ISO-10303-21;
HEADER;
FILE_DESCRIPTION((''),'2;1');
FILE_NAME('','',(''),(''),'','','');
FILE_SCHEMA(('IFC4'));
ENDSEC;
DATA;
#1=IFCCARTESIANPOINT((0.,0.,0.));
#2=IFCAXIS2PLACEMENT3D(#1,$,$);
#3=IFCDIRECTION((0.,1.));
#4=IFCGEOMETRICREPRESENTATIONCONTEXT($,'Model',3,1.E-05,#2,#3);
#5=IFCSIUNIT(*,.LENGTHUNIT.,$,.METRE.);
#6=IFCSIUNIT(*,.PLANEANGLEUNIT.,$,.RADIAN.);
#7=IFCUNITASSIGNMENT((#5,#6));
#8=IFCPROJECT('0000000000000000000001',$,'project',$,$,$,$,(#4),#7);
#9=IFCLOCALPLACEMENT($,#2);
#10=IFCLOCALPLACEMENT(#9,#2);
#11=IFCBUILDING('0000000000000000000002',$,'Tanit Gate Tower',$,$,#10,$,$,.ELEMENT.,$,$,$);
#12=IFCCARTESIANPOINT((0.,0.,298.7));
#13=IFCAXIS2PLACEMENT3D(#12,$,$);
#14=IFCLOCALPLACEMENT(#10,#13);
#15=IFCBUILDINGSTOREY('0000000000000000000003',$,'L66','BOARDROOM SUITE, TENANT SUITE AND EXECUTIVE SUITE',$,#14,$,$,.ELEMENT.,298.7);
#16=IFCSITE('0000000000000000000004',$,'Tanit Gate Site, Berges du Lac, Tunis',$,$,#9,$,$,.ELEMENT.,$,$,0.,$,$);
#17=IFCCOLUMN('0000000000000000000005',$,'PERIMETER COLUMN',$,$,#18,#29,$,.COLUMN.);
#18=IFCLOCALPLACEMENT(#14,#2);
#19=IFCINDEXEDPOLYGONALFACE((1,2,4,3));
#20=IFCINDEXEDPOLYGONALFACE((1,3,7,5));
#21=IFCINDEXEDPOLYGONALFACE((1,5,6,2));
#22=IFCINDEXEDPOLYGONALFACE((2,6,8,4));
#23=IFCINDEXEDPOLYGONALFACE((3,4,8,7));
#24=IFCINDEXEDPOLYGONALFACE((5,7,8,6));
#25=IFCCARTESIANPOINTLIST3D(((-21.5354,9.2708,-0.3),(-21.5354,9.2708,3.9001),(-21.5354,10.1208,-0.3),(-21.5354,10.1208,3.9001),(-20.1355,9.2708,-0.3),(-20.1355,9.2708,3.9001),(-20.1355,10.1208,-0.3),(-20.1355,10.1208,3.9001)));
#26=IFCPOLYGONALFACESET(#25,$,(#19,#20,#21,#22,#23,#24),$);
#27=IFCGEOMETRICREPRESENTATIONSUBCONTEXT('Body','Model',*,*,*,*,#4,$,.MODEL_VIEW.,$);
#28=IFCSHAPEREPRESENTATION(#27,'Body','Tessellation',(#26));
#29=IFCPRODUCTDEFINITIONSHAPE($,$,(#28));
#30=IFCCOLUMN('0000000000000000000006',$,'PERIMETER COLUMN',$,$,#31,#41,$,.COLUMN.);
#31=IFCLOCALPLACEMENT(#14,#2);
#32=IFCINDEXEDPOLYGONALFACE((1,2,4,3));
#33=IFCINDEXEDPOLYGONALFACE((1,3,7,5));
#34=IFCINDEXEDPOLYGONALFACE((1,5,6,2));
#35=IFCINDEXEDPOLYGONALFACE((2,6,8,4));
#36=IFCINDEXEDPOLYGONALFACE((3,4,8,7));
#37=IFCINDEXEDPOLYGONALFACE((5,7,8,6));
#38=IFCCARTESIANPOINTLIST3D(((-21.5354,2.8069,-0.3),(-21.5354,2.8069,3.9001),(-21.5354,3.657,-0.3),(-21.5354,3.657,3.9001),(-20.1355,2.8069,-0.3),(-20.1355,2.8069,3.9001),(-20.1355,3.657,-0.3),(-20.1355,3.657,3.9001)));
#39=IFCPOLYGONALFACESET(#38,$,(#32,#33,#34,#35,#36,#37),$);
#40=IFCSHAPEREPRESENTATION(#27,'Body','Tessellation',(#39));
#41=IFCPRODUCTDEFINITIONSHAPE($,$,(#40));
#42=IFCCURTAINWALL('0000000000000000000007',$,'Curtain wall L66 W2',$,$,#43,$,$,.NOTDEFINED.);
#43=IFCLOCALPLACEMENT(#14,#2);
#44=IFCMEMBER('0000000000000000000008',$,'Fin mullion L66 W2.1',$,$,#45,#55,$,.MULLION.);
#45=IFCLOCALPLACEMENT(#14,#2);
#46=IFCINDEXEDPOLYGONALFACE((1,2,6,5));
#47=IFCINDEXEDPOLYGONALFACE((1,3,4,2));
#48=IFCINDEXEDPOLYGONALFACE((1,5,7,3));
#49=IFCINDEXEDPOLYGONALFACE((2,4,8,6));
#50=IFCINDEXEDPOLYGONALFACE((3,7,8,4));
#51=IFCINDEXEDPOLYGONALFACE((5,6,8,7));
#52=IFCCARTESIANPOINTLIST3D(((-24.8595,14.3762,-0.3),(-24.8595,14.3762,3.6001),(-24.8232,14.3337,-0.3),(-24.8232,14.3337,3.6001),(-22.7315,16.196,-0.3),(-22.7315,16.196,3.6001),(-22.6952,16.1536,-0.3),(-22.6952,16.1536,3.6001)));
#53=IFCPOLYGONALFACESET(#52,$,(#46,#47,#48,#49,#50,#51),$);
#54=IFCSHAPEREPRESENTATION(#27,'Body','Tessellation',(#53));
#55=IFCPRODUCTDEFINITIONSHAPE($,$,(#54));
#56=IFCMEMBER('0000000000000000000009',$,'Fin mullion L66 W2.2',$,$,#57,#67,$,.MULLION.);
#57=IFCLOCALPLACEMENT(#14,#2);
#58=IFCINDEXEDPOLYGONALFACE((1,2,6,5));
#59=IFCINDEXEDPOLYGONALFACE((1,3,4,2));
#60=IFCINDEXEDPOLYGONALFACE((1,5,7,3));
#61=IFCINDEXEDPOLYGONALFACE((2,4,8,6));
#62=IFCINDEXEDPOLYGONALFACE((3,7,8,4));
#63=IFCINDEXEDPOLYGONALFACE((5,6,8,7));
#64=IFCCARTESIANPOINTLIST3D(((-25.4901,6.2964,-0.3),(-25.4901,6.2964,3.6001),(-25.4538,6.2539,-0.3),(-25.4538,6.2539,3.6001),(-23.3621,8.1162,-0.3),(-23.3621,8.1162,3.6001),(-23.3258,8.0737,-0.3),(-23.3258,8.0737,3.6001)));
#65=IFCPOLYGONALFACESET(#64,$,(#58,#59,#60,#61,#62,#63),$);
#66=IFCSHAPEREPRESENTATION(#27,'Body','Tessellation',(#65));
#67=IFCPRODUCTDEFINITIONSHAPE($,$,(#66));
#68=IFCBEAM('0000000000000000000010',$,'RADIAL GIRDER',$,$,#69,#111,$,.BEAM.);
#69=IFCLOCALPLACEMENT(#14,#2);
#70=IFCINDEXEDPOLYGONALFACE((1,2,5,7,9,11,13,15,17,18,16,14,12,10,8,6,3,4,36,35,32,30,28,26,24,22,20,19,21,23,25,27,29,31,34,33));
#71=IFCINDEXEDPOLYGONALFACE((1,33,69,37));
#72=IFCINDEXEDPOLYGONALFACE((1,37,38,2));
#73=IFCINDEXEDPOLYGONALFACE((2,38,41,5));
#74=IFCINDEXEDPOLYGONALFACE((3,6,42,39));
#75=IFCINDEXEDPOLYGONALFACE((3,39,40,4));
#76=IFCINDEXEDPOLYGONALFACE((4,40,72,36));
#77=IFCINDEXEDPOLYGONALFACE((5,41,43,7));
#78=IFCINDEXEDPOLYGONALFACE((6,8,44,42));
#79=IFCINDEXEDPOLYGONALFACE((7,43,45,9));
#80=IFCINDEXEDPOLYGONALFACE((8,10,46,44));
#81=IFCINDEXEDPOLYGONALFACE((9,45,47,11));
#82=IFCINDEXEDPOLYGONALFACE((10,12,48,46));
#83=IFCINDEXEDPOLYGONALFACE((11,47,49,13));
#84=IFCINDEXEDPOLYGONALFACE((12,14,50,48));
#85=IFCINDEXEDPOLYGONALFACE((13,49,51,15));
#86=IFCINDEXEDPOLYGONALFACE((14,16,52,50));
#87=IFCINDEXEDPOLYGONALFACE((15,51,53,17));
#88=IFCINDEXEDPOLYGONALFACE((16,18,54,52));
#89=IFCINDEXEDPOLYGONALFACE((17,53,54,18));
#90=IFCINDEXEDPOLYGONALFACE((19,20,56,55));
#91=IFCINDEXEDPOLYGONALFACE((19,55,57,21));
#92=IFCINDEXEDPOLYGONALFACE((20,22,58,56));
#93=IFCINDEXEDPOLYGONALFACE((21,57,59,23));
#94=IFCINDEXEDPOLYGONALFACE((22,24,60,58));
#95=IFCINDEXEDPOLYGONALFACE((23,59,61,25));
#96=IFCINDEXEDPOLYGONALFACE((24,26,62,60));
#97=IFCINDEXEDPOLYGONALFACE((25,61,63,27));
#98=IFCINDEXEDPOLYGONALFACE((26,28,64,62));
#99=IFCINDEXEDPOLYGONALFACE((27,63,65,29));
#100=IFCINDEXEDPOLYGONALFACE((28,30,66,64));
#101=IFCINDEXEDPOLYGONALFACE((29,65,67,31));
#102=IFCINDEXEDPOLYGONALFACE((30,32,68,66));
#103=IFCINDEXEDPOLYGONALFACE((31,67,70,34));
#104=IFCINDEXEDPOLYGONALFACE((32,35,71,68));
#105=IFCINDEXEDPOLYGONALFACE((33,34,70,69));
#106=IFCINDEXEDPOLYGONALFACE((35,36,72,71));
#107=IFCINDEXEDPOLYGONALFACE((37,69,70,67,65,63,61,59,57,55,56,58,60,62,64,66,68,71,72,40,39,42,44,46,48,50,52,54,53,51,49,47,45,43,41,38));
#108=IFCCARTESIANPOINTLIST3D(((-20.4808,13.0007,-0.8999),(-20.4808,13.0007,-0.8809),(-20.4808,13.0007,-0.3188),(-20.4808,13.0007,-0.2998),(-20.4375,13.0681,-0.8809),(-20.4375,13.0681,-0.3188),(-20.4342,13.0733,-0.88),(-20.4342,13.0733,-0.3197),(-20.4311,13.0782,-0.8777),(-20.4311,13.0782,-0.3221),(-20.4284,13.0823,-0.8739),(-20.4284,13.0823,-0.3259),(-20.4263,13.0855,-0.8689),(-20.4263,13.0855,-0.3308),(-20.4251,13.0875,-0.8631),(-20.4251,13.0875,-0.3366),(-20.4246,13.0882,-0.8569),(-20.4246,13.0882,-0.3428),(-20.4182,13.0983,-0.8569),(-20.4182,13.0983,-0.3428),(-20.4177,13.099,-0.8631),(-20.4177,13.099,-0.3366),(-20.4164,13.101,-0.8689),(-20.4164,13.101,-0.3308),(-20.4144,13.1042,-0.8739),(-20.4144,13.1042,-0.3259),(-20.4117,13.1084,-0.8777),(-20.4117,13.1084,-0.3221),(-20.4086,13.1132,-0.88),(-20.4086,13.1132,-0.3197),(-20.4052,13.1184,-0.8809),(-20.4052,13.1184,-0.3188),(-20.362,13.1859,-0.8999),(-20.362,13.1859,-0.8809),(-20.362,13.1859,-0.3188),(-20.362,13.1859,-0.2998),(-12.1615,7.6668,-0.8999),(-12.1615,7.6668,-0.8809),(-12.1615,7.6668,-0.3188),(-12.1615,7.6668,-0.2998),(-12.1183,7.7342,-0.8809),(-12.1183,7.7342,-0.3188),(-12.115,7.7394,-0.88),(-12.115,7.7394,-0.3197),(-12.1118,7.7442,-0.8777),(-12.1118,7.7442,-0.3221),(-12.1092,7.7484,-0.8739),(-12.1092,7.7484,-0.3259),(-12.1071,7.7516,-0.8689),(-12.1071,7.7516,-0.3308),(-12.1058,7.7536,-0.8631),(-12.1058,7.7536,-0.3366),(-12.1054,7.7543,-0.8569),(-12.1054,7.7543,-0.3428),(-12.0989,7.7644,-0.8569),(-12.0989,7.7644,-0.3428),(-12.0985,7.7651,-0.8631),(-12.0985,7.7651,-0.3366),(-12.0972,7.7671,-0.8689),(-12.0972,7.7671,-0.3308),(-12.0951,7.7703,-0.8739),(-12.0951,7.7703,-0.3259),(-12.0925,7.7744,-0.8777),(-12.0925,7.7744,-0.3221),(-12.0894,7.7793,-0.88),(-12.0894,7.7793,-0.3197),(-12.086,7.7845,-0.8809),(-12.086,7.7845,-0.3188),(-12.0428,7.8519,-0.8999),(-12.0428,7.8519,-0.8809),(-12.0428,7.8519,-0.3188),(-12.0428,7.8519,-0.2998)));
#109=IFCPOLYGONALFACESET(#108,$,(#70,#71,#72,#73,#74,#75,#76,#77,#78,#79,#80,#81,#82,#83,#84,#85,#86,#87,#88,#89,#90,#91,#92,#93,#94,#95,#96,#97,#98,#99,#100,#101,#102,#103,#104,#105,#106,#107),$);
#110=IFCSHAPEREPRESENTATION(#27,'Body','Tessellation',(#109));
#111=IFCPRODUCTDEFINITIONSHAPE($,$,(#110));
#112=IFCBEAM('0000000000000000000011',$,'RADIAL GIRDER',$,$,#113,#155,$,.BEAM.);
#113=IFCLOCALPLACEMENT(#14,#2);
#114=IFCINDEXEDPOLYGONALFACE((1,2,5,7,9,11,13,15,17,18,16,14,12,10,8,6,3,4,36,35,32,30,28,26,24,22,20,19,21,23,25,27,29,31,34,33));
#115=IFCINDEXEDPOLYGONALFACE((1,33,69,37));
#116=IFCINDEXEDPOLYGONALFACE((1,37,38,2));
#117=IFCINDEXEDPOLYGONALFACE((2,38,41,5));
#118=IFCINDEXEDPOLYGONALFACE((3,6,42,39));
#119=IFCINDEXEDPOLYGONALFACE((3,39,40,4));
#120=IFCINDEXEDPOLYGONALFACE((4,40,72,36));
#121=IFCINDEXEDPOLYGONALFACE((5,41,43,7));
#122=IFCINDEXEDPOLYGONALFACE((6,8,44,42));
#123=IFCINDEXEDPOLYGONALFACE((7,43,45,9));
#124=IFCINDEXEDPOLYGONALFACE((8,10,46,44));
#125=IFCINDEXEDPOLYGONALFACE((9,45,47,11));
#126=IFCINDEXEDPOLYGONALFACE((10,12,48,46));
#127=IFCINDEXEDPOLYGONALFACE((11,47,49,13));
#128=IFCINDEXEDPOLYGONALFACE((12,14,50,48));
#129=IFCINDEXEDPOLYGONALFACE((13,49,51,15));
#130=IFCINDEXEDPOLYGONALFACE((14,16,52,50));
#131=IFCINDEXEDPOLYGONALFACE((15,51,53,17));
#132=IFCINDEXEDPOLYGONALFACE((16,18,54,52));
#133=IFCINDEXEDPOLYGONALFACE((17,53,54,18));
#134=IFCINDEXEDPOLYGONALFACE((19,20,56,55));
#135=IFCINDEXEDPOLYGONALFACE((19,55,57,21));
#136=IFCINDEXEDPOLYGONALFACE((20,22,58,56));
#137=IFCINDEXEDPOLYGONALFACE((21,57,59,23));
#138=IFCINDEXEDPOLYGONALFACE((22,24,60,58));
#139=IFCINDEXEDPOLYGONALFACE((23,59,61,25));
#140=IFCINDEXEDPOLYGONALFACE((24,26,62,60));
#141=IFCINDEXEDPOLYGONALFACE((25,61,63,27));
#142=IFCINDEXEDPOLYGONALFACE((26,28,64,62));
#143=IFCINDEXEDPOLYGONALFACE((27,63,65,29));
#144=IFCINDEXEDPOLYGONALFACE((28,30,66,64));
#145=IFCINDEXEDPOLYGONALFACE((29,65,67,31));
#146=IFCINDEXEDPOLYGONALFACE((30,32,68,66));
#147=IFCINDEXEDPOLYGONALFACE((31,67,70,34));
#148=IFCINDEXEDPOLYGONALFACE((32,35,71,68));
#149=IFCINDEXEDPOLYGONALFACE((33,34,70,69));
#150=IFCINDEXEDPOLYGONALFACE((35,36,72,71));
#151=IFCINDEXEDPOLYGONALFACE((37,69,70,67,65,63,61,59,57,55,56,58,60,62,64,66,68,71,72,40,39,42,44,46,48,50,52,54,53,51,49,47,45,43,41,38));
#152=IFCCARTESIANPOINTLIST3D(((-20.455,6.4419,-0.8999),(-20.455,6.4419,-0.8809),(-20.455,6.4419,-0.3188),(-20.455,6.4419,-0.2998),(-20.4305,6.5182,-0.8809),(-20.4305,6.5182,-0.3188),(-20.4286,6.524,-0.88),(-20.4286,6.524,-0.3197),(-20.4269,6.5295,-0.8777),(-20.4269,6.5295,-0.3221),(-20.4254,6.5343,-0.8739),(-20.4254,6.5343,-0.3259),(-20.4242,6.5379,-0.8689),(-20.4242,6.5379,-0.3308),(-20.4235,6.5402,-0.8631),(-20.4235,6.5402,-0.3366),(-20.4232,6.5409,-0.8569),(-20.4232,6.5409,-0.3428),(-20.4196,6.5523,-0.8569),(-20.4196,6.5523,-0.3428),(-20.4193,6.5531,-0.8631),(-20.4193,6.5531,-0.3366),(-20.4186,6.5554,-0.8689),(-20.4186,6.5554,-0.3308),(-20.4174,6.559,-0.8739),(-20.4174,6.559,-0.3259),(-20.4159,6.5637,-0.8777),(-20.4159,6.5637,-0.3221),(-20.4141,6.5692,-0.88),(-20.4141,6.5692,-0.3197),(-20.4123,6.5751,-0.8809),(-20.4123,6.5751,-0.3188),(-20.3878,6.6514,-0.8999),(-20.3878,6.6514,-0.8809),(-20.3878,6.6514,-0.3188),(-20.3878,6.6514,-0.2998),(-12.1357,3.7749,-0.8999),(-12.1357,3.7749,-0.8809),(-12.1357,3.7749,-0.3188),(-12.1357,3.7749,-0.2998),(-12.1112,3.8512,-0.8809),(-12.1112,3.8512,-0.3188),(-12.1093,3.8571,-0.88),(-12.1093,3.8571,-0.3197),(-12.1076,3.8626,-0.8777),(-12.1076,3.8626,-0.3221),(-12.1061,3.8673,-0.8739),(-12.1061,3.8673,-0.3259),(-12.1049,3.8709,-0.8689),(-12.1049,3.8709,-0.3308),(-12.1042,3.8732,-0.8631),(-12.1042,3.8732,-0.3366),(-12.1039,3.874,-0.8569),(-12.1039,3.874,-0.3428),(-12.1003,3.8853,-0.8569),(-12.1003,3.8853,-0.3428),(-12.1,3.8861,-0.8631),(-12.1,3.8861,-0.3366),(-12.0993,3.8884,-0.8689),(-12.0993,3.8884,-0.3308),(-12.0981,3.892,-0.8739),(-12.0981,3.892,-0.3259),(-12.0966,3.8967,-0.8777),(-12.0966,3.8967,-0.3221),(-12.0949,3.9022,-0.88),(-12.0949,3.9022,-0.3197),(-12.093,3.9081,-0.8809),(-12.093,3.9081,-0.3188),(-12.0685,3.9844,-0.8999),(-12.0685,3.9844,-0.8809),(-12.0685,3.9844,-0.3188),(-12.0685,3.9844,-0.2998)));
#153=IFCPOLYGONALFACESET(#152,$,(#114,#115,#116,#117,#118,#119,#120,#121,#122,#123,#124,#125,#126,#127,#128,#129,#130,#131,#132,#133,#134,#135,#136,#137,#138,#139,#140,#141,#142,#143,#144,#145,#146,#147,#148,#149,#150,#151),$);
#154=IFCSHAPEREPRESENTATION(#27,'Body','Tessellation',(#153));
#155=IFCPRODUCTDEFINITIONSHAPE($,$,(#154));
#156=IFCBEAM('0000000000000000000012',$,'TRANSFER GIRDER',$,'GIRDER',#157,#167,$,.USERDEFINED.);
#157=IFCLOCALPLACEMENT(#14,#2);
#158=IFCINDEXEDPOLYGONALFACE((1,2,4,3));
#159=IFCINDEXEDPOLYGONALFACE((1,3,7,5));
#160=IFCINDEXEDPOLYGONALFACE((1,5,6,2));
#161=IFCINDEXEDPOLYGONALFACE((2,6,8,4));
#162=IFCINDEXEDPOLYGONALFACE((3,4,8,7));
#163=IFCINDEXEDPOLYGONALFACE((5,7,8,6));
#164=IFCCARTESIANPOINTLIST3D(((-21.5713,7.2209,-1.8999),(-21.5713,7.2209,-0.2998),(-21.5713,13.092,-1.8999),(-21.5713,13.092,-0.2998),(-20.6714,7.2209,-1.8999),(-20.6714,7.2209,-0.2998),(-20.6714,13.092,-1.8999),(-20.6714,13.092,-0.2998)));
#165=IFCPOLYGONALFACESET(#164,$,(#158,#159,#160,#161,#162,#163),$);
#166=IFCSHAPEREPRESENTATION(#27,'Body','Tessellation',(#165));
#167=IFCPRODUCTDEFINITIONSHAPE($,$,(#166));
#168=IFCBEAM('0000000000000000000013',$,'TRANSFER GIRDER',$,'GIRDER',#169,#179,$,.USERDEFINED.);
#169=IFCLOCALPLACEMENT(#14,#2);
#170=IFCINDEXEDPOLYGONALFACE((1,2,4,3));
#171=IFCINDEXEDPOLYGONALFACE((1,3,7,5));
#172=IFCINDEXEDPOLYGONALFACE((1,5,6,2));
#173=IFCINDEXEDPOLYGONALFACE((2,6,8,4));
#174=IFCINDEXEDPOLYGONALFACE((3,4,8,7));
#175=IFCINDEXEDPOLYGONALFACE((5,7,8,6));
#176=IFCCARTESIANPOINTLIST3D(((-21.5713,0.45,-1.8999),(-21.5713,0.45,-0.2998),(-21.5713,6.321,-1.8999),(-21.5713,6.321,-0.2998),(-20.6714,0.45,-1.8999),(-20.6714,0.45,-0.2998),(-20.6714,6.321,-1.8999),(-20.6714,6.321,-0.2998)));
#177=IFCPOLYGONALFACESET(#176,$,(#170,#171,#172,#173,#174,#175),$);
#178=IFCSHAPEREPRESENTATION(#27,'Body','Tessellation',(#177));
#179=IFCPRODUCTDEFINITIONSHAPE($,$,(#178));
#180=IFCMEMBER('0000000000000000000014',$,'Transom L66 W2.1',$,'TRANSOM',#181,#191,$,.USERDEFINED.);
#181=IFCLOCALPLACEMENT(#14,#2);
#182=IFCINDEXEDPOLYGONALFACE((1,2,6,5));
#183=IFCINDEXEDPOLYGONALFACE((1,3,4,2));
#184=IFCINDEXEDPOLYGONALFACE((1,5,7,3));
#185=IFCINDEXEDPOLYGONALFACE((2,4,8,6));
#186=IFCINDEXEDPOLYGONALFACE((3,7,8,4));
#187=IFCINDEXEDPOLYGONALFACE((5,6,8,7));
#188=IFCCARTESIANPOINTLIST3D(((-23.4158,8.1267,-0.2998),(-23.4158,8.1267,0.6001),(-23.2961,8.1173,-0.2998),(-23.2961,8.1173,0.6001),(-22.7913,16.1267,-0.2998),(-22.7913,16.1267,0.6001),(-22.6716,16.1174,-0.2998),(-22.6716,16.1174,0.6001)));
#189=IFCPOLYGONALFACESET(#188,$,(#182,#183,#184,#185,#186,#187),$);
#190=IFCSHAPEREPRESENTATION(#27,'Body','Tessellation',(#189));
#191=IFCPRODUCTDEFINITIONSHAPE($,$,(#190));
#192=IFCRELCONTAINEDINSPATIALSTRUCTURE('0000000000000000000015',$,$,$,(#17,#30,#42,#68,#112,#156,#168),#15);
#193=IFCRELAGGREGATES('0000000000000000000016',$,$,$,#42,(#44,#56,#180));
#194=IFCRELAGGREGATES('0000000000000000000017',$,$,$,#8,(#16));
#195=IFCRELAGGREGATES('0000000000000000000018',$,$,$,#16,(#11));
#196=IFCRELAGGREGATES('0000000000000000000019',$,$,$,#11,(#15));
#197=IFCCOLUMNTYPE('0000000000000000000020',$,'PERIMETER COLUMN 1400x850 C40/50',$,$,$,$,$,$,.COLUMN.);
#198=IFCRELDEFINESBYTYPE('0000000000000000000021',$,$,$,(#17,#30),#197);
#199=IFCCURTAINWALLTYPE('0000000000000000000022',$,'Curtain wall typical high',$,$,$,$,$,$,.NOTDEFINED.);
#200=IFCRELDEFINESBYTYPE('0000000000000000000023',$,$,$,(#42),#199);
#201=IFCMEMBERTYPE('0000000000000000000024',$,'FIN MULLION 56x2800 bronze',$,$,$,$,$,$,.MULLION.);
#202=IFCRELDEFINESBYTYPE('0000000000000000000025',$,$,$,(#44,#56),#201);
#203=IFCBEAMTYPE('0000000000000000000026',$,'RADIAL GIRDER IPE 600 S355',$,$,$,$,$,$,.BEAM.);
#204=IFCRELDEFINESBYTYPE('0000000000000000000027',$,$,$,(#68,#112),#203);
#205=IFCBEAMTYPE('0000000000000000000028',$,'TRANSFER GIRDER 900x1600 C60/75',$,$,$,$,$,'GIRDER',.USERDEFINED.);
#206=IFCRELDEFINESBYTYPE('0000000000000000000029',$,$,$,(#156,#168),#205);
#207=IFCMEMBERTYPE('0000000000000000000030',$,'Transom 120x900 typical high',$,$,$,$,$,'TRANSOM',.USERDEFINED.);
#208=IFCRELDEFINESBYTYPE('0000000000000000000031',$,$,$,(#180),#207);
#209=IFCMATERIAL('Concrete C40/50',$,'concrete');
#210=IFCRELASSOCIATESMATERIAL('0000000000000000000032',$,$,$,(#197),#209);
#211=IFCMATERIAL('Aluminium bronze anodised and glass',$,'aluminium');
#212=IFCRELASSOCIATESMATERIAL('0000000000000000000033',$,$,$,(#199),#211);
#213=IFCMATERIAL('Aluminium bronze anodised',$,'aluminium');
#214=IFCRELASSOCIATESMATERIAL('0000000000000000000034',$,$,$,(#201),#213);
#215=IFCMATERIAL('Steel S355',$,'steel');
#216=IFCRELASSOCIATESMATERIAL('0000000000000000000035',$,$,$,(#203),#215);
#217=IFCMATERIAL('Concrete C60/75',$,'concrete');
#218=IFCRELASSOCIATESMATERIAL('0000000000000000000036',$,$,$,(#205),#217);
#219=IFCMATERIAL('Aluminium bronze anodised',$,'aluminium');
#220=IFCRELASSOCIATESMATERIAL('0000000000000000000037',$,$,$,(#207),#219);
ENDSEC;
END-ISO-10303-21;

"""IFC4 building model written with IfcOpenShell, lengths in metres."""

from ifc_helpers import new_model, si_unit, direction, frame, origin, origin_2d, place, context, subcontext, project, spatial, rectangle, i_section, extrude, material, material_profile, profile_set, type_object, element, aggregate, save


model = new_model("IFC4")

# Units and contexts
model_context = context("Model", 3, precision=1e-05, world=origin(), true_north=direction((0.0, 1.0)))
body_context = subcontext(model_context, "Body", "Model", "MODEL_VIEW")
ifc_project = project(units=[si_unit("LENGTHUNIT", "METRE"), si_unit("PLANEANGLEUNIT", "RADIAN")], contexts=[model_context])

# Site, building, storey
site_placement = place(None, origin())
site = spatial("IfcSite", under=ifc_project, at=site_placement, Name="Tanit Gate Site, Berges du Lac, Tunis", CompositionType="ELEMENT", RefElevation=0.0)
building_placement = place(site_placement, origin())
building = spatial("IfcBuilding", under=site, at=building_placement, Name="Tanit Gate Tower", CompositionType="ELEMENT")
storey_placement = place(building_placement, frame((0.0, 0.0, 298.7)))
storey = spatial("IfcBuildingStorey", under=building, at=storey_placement, Name="L66", Description="BOARDROOM SUITE, TENANT SUITE AND EXECUTIVE SUITE", CompositionType="ELEMENT", Elevation=298.7)

# Columns
ifc_material_1 = material(Name="Concrete C40/50", Category="concrete")
ifc_material_profile_1 = material_profile(ifc_material_1, rectangle(XDim=1.3999, YDim=0.8501, at=origin_2d()), Name="RC 1400x850")
ifc_profile_set_1 = profile_set([ifc_material_profile_1], Name="Concrete C40/50")
column_type = type_object("IfcColumnType", Name="PERIMETER COLUMN 1400x850 C40/50", PredefinedType="COLUMN", material=ifc_profile_set_1)
for number, where, z_axis, x_axis, name in (
    (1, (-20.8354, 9.6958, -0.3), (0.0, 0.0, 1.0), (-1.0, 0.0, 0.0), "PERIMETER COLUMN"),
    (2, (-20.8354, 3.2319, -0.3), (0.0, 0.0, 1.0), (-1.0, 0.0, 0.0), "PERIMETER COLUMN"),
):
    element("IfcColumn", number, at=place(storey_placement, frame(where, z_axis=z_axis, x_axis=x_axis)), inside=storey, type_object=column_type, Name=name, PredefinedType="COLUMN", context=body_context, shape_type="SweptSolid", body=[
        extrude(rectangle(XDim=1.3999, YDim=0.8501, at=origin_2d()), origin(), (0.0, 0.0, 1.0), 4.2002),
    ])

# Curtain wall, members
ifc_material_2 = material(Name="Aluminium bronze anodised and glass", Category="aluminium")
curtain_wall_type = type_object("IfcCurtainWallType", Name="Curtain wall typical high", PredefinedType="NOTDEFINED", material=ifc_material_2)
curtain_wall_placement = place(storey_placement, origin())
curtain_wall = element("IfcCurtainWall", 3, at=curtain_wall_placement, inside=storey, type_object=curtain_wall_type, Name="Curtain wall L66 W2", PredefinedType="NOTDEFINED")
ifc_material_3 = material(Name="Aluminium bronze anodised", Category="aluminium")
ifc_material_profile_2 = material_profile(ifc_material_3, rectangle(XDim=2.8, YDim=0.0559, at=origin_2d()), Name="56x2800 bronze fin mullion")
ifc_profile_set_2 = profile_set([ifc_material_profile_2], Name="Aluminium bronze anodised")
member_type_1 = type_object("IfcMemberType", Name="FIN MULLION 56x2800 bronze", PredefinedType="MULLION", material=ifc_profile_set_2)
member_1_placement = place(storey_placement, frame((-23.7773, 15.2649, -0.3), z_axis=(0.0, 0.0, 1.0), x_axis=(0.760002, 0.649921, 0.0)))
member_1 = element("IfcMember", 4, at=member_1_placement, type_object=member_type_1, Name="Fin mullion L66 W2.1", PredefinedType="MULLION", context=body_context, shape_type="SweptSolid", body=[
    extrude(rectangle(XDim=2.8, YDim=0.0559, at=origin_2d()), origin(), (0.0, 0.0, 1.0), 3.9001),
])
member_2_placement = place(storey_placement, frame((-24.408, 7.1851, -0.3), z_axis=(0.0, 0.0, 1.0), x_axis=(0.760002, 0.649921, 0.0)))
member_2 = element("IfcMember", 5, at=member_2_placement, type_object=member_type_1, Name="Fin mullion L66 W2.2", PredefinedType="MULLION", context=body_context, shape_type="SweptSolid", body=[
    extrude(rectangle(XDim=2.8, YDim=0.0559, at=origin_2d()), origin(), (0.0, 0.0, 1.0), 3.9001),
])

# Beams
ifc_material_4 = material(Name="Steel S355", Category="steel")
ifc_material_profile_3 = material_profile(ifc_material_4, i_section(OverallWidth=0.22, OverallDepth=0.6001, WebThickness=0.012, FlangeThickness=0.019, FilletRadius=0.0239, at=origin_2d()), Name="IPE 600")
ifc_profile_set_3 = profile_set([ifc_material_profile_3], Name="Steel S355")
beam_type_1 = type_object("IfcBeamType", Name="RADIAL GIRDER IPE 600 S355", PredefinedType="BEAM", material=ifc_profile_set_3)
beam_1_placement = place(storey_placement, frame((-20.4214, 13.0933, -0.5999), z_axis=(0.84183, -0.539743, 0.0), x_axis=(0.539743, 0.84183, 0.0)))
element("IfcBeam", 6, at=beam_1_placement, inside=storey, type_object=beam_type_1, Name="RADIAL GIRDER", PredefinedType="BEAM", context=body_context, shape_type="SweptSolid", body=[
    extrude(i_section(OverallWidth=0.22, OverallDepth=0.6001, WebThickness=0.012, FlangeThickness=0.019, FilletRadius=0.0239, at=origin_2d()), origin(), (0.0, 0.0, 1.0), 9.8823),
])
beam_2_placement = place(storey_placement, frame((-20.4214, 6.5466, -0.5999), z_axis=(0.952264, -0.305275, 0.0), x_axis=(0.305275, 0.952264, 0.0)))
element("IfcBeam", 7, at=beam_2_placement, inside=storey, type_object=beam_type_1, Name="RADIAL GIRDER", PredefinedType="BEAM", context=body_context, shape_type="SweptSolid", body=[
    extrude(i_section(OverallWidth=0.22, OverallDepth=0.6001, WebThickness=0.012, FlangeThickness=0.019, FilletRadius=0.0239, at=origin_2d()), origin(), (0.0, 0.0, 1.0), 8.7363),
])
ifc_material_5 = material(Name="Concrete C60/75", Category="concrete")
ifc_material_profile_4 = material_profile(ifc_material_5, rectangle(XDim=0.8999, YDim=1.6001, at=origin_2d()), Name="RC 900x1600")
ifc_profile_set_4 = profile_set([ifc_material_profile_4], Name="Concrete C60/75")
beam_type_2 = type_object("IfcBeamType", Name="TRANSFER GIRDER 900x1600 C60/75", ElementType="GIRDER", PredefinedType="USERDEFINED", material=ifc_profile_set_4)
for number, where, z_axis, x_axis, name in (
    (8, (-21.1213, 13.092, -1.0999), (0.0, -1.0, 0.0), (1.0, 0.0, 0.0), "TRANSFER GIRDER"),
    (9, (-21.1213, 6.321, -1.0999), (0.0, -1.0, 0.0), (1.0, 0.0, 0.0), "TRANSFER GIRDER"),
):
    element("IfcBeam", number, at=place(storey_placement, frame(where, z_axis=z_axis, x_axis=x_axis)), inside=storey, type_object=beam_type_2, Name=name, ObjectType="GIRDER", PredefinedType="USERDEFINED", context=body_context, shape_type="SweptSolid", body=[
        extrude(rectangle(XDim=0.8999, YDim=1.6001, at=origin_2d()), origin(), (0.0, 0.0, 1.0), 5.8711),
    ])

# Member
ifc_material_6 = material(Name="Aluminium bronze anodised", Category="aluminium")
ifc_material_profile_5 = material_profile(ifc_material_6, rectangle(XDim=0.1201, YDim=0.8999, at=origin_2d()), Name="120x900 bronze transom")
ifc_profile_set_5 = profile_set([ifc_material_profile_5], Name="Aluminium bronze anodised")
member_type_2 = type_object("IfcMemberType", Name="Transom 120x900 typical high", ElementType="TRANSOM", PredefinedType="USERDEFINED", material=ifc_profile_set_5)
member_3_placement = place(storey_placement, frame((-22.7314, 16.1221, 0.1501), z_axis=(-0.077827, -0.996967, 0.0), x_axis=(0.996967, -0.077827, 0.0)))
member_3 = element("IfcMember", 10, at=member_3_placement, type_object=member_type_2, Name="Transom L66 W2.1", ObjectType="TRANSOM", PredefinedType="USERDEFINED", context=body_context, shape_type="SweptSolid", body=[
    extrude(rectangle(XDim=0.1201, YDim=0.8999, at=origin_2d()), origin(), (0.0, 0.0, 1.0), 8.0244),
])

aggregate(curtain_wall, [member_1, member_2, member_3])

save(model, "model.ifc")
